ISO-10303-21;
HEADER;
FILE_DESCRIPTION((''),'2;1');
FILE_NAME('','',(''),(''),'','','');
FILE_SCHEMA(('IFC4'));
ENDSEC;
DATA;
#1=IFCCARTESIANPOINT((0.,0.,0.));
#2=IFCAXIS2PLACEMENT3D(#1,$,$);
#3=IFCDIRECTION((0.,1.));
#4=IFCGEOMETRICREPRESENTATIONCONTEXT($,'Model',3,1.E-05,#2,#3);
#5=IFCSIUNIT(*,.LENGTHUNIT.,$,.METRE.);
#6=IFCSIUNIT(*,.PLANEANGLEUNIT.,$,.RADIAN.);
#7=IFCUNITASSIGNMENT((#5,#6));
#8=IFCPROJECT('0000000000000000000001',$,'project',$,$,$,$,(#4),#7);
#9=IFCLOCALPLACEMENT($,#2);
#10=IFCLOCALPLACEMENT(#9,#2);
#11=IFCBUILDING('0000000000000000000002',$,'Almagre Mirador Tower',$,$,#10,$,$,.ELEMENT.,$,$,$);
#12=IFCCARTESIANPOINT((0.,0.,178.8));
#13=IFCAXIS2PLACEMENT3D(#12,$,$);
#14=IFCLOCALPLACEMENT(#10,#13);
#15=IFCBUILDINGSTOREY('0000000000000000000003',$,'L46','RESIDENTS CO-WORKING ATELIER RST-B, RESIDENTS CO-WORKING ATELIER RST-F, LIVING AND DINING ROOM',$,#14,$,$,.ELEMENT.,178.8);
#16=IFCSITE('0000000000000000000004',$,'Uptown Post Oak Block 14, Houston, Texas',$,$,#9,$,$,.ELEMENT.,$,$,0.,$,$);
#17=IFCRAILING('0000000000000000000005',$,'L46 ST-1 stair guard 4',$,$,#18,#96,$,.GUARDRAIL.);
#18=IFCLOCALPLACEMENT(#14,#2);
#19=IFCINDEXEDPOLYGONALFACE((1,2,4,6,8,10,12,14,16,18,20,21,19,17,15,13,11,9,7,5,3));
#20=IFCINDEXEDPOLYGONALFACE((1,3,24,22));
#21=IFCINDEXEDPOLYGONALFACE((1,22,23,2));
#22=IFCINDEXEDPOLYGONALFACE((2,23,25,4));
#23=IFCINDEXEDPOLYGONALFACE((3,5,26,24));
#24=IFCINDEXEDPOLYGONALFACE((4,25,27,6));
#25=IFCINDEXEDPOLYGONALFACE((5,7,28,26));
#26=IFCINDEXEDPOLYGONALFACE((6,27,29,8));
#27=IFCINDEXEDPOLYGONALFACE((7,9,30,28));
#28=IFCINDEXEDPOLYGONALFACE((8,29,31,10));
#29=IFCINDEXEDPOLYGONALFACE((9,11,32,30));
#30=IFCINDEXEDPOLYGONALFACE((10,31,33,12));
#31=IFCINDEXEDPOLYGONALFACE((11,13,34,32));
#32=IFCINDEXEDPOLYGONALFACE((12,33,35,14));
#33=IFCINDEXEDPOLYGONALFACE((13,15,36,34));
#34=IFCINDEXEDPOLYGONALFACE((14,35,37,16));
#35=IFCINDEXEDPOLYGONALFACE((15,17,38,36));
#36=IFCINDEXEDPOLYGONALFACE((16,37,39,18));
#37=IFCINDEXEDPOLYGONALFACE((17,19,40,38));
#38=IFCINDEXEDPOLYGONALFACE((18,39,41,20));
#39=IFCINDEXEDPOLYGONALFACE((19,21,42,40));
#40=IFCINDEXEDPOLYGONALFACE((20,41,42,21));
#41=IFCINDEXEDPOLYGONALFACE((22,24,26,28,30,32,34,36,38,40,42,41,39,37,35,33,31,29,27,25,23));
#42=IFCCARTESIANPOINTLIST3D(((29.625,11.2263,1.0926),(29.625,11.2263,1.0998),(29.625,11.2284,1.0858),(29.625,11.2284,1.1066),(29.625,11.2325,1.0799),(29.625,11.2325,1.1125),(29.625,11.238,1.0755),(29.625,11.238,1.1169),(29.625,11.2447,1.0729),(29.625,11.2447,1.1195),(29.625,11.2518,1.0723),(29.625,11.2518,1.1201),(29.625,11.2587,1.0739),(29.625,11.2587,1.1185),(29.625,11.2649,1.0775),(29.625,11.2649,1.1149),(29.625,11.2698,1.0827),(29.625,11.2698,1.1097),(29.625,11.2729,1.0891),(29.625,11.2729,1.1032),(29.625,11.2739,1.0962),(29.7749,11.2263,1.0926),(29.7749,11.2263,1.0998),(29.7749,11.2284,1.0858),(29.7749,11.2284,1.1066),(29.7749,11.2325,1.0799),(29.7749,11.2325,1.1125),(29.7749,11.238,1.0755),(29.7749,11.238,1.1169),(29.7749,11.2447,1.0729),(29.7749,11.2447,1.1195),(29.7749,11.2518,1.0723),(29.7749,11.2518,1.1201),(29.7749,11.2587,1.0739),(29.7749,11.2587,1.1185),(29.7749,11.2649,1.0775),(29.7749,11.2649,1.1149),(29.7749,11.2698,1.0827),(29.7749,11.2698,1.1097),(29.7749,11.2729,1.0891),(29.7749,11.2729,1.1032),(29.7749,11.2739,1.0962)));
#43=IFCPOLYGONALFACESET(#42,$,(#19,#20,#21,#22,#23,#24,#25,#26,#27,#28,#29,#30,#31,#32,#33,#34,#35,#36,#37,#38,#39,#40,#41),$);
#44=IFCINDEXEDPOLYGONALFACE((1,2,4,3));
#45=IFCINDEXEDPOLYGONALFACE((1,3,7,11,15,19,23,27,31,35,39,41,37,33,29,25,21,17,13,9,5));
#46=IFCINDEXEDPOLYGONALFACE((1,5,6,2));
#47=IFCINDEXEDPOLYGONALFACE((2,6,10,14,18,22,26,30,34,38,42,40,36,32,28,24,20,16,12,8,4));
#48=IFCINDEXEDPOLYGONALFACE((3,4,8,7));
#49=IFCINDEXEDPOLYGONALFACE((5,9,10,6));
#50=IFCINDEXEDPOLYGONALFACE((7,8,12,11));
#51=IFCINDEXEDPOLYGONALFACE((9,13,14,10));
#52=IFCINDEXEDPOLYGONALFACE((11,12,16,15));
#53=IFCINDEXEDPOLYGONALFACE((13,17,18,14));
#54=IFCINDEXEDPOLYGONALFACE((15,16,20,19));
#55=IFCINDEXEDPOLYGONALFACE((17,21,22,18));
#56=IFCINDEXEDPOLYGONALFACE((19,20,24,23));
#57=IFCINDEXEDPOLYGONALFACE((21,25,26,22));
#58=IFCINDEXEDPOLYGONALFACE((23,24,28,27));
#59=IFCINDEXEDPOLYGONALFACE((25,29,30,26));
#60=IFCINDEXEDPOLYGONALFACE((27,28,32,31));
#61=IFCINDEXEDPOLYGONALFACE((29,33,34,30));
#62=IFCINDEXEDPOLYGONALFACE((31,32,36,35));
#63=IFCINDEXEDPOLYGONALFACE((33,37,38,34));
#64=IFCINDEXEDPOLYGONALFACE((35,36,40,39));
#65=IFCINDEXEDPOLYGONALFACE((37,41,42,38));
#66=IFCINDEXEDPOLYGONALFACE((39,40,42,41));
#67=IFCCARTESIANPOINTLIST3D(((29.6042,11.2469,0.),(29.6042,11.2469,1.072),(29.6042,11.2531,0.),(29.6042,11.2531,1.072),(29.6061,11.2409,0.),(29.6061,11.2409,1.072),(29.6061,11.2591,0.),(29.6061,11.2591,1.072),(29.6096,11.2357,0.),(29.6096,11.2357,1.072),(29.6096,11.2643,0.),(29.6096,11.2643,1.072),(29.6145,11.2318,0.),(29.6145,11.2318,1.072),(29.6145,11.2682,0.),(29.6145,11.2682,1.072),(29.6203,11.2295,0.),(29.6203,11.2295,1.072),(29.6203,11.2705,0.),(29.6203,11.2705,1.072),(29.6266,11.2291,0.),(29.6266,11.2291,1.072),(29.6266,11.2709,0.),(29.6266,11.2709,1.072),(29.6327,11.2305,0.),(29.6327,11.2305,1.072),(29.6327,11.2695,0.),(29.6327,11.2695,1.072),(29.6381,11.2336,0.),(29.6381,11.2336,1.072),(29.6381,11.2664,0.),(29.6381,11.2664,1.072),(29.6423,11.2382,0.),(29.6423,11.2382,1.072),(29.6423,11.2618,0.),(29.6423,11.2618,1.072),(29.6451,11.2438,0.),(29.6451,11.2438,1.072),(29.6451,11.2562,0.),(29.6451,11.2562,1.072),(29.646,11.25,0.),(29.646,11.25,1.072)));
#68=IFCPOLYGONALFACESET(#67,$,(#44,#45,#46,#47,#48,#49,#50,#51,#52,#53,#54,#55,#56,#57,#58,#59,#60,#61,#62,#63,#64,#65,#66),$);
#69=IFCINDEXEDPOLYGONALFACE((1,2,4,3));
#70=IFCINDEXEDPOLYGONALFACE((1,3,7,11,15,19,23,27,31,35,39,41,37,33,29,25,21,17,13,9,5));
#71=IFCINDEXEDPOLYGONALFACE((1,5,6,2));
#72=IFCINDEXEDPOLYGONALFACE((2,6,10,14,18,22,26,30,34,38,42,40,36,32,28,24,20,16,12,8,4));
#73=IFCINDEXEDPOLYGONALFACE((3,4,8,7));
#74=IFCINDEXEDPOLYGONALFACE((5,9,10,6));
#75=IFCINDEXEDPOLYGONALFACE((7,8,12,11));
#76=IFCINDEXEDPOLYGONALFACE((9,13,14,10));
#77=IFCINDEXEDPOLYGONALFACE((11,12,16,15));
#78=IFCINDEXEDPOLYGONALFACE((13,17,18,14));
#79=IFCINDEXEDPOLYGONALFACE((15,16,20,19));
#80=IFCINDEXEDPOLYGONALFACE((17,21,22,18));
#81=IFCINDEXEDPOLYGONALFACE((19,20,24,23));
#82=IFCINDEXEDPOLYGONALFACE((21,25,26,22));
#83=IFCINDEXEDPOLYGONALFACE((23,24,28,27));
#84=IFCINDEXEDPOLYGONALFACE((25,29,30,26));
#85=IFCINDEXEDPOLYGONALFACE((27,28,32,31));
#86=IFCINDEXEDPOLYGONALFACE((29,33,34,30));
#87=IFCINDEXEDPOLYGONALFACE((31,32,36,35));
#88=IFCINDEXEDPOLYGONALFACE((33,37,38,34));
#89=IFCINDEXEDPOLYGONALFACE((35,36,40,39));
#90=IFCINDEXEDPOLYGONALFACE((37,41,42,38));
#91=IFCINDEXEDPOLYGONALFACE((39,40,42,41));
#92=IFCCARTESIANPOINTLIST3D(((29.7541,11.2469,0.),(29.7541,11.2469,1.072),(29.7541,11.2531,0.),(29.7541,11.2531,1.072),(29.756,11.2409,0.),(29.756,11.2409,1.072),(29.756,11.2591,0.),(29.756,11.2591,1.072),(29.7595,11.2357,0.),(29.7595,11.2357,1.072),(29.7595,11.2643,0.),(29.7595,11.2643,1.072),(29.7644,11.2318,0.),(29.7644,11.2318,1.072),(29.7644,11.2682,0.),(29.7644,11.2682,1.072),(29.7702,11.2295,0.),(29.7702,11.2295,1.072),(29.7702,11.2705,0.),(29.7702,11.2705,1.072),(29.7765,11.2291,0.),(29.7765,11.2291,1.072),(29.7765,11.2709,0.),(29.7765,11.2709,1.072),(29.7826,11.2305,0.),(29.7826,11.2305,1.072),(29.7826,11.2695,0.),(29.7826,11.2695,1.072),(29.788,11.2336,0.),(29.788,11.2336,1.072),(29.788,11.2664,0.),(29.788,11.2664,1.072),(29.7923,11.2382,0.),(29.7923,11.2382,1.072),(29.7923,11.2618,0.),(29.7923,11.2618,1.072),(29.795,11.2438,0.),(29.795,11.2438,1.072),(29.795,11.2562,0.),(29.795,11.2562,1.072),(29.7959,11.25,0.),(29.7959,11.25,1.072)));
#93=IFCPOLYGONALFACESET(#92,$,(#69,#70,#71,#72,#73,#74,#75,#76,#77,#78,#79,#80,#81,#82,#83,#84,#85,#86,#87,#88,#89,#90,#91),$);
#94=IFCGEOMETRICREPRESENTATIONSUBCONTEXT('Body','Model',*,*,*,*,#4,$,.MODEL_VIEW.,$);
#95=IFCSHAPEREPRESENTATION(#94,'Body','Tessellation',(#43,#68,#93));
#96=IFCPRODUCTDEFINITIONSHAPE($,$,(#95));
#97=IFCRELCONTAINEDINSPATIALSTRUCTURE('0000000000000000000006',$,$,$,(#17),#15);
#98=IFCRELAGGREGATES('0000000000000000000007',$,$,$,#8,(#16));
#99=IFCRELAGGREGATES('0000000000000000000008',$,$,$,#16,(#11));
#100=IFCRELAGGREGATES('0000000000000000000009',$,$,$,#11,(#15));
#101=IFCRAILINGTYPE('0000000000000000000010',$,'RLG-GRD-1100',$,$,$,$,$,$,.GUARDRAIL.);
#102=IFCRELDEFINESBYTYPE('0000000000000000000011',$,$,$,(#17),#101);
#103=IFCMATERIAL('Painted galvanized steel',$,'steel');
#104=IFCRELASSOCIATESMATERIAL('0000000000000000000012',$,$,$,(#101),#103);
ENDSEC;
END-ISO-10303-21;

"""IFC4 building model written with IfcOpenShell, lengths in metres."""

from ifc_helpers import new_model, si_unit, direction, frame, origin, origin_2d, place, context, subcontext, project, spatial, circle, extrude, material, type_object, element, save


model = new_model("IFC4")

# Units and contexts
model_context = context("Model", 3, precision=1e-05, world=origin(), true_north=direction((0.0, 1.0)))
body_context = subcontext(model_context, "Body", "Model", "MODEL_VIEW")
ifc_project = project(units=[si_unit("LENGTHUNIT", "METRE"), si_unit("PLANEANGLEUNIT", "RADIAN")], contexts=[model_context])

# Site, building, storey
site_placement = place(None, origin())
site = spatial("IfcSite", under=ifc_project, at=site_placement, Name="Uptown Post Oak Block 14, Houston, Texas", CompositionType="ELEMENT", RefElevation=0.0)
building_placement = place(site_placement, origin())
building = spatial("IfcBuilding", under=site, at=building_placement, Name="Almagre Mirador Tower", CompositionType="ELEMENT")
storey_placement = place(building_placement, frame((0.0, 0.0, 178.8)))
storey = spatial("IfcBuildingStorey", under=building, at=storey_placement, Name="L46", Description="RESIDENTS CO-WORKING ATELIER RST-B, RESIDENTS CO-WORKING ATELIER RST-F, LIVING AND DINING ROOM", CompositionType="ELEMENT", Elevation=178.8)

# Railing
ifc_material_1 = material(Name="Painted galvanized steel", Category="steel")
railing_type = type_object("IfcRailingType", Name="RLG-GRD-1100", PredefinedType="GUARDRAIL", material=ifc_material_1)
railing_1_placement = place(storey_placement, frame((29.625, 11.25, 0.0)))
element("IfcRailing", 1, at=railing_1_placement, inside=storey, type_object=railing_type, Name="L46 ST-1 stair guard 4", PredefinedType="GUARDRAIL", context=body_context, shape_type="SweptSolid", body=[
    extrude(circle(Radius=0.0239, at=origin_2d()), frame((0.0, 0.0, 1.0962), z_axis=(1.0, 0.0, 0.0), x_axis=(0.0, 1.0, 0.0)), (0.0, 0.0, 1.0), 0.1499),
    extrude(circle(Radius=0.021, at=origin_2d()), origin(), (0.0, 0.0, 1.0), 1.072),
    extrude(circle(Radius=0.021, at=origin_2d()), frame((0.1499, 0.0, 0.0)), (0.0, 0.0, 1.0), 1.072),
])

save(model, "model.ifc")
